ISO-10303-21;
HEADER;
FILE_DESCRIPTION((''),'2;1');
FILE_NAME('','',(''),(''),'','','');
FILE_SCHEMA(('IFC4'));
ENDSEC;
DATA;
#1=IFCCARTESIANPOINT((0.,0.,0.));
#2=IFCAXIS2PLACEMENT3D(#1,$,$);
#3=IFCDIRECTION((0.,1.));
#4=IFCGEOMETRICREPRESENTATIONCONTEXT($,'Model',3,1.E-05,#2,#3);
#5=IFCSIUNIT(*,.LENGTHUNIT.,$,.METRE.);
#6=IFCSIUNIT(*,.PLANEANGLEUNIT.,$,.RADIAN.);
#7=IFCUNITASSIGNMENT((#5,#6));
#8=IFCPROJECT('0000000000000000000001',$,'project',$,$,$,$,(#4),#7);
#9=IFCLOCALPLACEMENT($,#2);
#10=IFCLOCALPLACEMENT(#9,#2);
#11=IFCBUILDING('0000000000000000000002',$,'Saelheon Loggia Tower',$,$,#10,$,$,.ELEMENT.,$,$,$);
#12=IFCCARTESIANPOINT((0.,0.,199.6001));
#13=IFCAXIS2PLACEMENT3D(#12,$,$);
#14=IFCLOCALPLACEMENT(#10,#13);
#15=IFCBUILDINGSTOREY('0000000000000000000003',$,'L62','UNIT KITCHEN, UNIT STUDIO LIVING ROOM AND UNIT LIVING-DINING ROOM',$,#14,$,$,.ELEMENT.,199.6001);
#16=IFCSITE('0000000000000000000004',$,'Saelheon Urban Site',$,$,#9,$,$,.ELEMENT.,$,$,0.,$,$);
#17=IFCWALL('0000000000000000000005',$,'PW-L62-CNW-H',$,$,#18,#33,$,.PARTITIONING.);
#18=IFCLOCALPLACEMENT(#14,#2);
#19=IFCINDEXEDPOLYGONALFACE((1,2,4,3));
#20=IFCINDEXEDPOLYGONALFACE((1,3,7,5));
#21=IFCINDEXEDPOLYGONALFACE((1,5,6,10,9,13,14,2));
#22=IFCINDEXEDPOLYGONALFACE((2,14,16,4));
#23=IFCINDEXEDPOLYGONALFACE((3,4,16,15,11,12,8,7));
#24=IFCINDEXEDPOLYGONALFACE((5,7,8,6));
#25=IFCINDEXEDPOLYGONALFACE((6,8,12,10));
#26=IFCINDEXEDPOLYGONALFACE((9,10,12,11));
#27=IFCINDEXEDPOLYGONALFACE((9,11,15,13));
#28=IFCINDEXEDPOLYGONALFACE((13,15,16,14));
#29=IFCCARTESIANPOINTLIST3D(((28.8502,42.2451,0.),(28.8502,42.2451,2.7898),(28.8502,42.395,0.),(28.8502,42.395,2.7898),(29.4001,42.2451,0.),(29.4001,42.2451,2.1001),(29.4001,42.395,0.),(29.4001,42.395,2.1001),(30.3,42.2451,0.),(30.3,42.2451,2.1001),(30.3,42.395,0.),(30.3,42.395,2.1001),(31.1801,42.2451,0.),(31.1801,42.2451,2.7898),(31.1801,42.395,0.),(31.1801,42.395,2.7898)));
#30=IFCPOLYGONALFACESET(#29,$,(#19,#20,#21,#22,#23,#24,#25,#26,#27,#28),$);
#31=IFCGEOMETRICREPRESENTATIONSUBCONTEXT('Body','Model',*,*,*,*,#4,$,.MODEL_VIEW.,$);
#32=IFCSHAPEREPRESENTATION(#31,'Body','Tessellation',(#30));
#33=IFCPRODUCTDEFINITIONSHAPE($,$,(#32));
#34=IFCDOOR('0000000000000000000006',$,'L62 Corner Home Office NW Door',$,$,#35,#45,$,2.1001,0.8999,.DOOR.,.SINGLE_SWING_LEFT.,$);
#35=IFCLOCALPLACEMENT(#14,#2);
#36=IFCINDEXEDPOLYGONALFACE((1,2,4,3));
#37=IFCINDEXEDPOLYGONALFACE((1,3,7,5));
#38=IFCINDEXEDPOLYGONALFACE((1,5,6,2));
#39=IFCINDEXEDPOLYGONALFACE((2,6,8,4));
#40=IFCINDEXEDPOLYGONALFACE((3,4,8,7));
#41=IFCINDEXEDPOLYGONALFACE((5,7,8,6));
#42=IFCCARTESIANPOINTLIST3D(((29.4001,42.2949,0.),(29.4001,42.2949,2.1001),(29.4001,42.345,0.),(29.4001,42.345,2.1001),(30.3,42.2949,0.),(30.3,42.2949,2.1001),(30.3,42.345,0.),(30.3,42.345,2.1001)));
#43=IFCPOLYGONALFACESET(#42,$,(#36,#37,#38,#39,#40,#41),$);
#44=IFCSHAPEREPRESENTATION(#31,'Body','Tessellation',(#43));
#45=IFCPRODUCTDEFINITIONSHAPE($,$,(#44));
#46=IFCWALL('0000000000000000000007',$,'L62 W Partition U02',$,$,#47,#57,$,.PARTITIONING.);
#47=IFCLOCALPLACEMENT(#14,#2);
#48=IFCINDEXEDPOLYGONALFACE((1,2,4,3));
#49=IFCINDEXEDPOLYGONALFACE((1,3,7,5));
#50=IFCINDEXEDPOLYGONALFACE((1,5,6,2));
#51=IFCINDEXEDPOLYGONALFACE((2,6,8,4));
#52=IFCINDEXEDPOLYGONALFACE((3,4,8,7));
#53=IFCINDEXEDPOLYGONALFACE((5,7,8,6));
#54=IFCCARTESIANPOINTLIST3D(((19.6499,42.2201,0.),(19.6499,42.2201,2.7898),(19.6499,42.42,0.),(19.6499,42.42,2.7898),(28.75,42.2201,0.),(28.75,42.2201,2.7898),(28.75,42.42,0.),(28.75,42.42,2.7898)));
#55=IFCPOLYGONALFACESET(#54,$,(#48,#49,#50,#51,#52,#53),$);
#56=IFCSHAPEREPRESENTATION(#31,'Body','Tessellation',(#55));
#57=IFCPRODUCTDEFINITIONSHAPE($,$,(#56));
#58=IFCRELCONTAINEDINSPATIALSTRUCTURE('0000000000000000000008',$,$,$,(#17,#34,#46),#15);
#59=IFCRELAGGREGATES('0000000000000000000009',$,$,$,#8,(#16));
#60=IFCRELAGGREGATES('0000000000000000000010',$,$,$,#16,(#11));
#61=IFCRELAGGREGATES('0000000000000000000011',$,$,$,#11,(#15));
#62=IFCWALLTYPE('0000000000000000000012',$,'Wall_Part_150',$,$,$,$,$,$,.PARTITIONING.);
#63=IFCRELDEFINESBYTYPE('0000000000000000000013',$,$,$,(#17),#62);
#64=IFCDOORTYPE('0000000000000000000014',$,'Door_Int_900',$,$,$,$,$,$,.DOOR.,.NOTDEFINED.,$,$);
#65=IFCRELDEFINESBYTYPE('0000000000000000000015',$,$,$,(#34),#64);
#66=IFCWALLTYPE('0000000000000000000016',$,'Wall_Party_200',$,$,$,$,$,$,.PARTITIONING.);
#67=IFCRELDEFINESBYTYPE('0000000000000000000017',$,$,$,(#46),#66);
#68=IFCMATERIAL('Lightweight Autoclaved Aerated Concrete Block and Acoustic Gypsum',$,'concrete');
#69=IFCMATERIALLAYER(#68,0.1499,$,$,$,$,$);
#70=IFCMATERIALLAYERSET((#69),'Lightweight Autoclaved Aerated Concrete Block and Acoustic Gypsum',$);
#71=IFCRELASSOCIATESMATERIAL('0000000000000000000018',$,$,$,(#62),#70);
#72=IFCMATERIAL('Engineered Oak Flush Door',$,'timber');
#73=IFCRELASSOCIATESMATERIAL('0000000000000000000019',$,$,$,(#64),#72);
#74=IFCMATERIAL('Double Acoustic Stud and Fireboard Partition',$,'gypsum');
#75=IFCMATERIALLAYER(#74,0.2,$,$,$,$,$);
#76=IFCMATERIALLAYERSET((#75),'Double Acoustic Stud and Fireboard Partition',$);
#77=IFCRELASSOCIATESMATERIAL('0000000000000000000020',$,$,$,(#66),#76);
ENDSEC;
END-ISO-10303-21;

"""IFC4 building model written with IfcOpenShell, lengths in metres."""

from ifc_helpers import new_model, si_unit, direction, frame, frame_2d, origin, place, context, subcontext, project, spatial, rectangle, extrude, source, transform, mapped, material, layer, layer_set, type_object, element, fill, save


model = new_model("IFC4")

# Units and contexts
model_context = context("Model", 3, precision=1e-05, world=origin(), true_north=direction((0.0, 1.0)))
body_context = subcontext(model_context, "Body", "Model", "MODEL_VIEW")
ifc_project = project(units=[si_unit("LENGTHUNIT", "METRE"), si_unit("PLANEANGLEUNIT", "RADIAN")], contexts=[model_context])

# Site, building, storey
site_placement = place(None, origin())
site = spatial("IfcSite", under=ifc_project, at=site_placement, Name="Saelheon Urban Site", CompositionType="ELEMENT", RefElevation=0.0)
building_placement = place(site_placement, origin())
building = spatial("IfcBuilding", under=site, at=building_placement, Name="Saelheon Loggia Tower", CompositionType="ELEMENT")
storey_placement = place(building_placement, frame((0.0, 0.0, 199.6001)))
storey = spatial("IfcBuildingStorey", under=building, at=storey_placement, Name="L62", Description="UNIT KITCHEN, UNIT STUDIO LIVING ROOM AND UNIT LIVING-DINING ROOM", CompositionType="ELEMENT", Elevation=199.6001)

# Wall, opening, door
ifc_material_1 = material(Name="Lightweight Autoclaved Aerated Concrete Block and Acoustic Gypsum", Category="concrete")
ifc_layer_1 = layer(ifc_material_1, 0.1499)
ifc_layer_set_1 = layer_set([ifc_layer_1], Name="Lightweight Autoclaved Aerated Concrete Block and Acoustic Gypsum")
wall_type_1 = type_object("IfcWallType", Name="Wall_Part_150", PredefinedType="PARTITIONING", material=ifc_layer_set_1)
wall_1_placement = place(storey_placement, frame((28.8501, 42.3201, 0.0), z_axis=(0.0, 0.0, 1.0), x_axis=(1.0, 0.0, 0.0)))
wall_1 = element("IfcWall", 1, at=wall_1_placement, inside=storey, type_object=wall_type_1, Name="PW-L62-CNW-H", PredefinedType="PARTITIONING", context=body_context, shape_type="SweptSolid", body=[
    extrude(rectangle(XDim=2.3298, YDim=0.1499, at=frame_2d((1.165, 0.0))), origin(), (0.0, 0.0, 1.0), 2.7898),
])
opening_1_placement = place(wall_1_placement, frame((0.55, 0.0, 0.0)))
opening_1 = element("IfcOpeningElement", 2, at=opening_1_placement, cuts=wall_1, PredefinedType="OPENING", context=body_context, shape_type="SweptSolid", body=[
    extrude(rectangle(XDim=0.8999, YDim=2.1001, at=frame_2d((0.45, 1.05))), frame((0.0, 0.0869, 0.0), z_axis=(0.0, -1.0, 0.0), x_axis=(1.0, 0.0, 0.0)), (0.0, 0.0, 1.0), 0.1738),
])
ifc_material_2 = material(Name="Engineered Oak Flush Door", Category="timber")
door_type_1 = type_object("IfcDoorType", Name="Door_Int_900", OperationType="NOTDEFINED", PredefinedType="DOOR", material=ifc_material_2)
shared_shape_1 = source(origin(), body_context, "Body", "SweptSolid", [
    extrude(rectangle(XDim=0.8999, YDim=2.1001, at=frame_2d((0.45, 1.05))), frame((0.0, 0.0249, 0.0), z_axis=(0.0, -1.0, 0.0), x_axis=(1.0, 0.0, 0.0)), (0.0, 0.0, 1.0), 0.05),
])
door_1_placement = place(opening_1_placement, origin())
door_1 = element("IfcDoor", 3, at=door_1_placement, inside=storey, type_object=door_type_1, Name="L62 Corner Home Office NW Door", OperationType="SINGLE_SWING_LEFT", OverallHeight=2.1001, OverallWidth=0.8999, PredefinedType="DOOR", context=body_context, shape_type="MappedRepresentation", body=[
    mapped(shared_shape_1, transform((0.0, 0.0, 0.0), scale=1.0)),
])
fill(opening_1, door_1)

# Wall
ifc_material_3 = material(Name="Double Acoustic Stud and Fireboard Partition", Category="gypsum")
ifc_layer_2 = layer(ifc_material_3, 0.2)
ifc_layer_set_2 = layer_set([ifc_layer_2], Name="Double Acoustic Stud and Fireboard Partition")
wall_type_2 = type_object("IfcWallType", Name="Wall_Party_200", PredefinedType="PARTITIONING", material=ifc_layer_set_2)
wall_2_placement = place(storey_placement, frame((28.75, 42.3201, 0.0), z_axis=(0.0, 0.0, 1.0), x_axis=(-1.0, 0.0, 0.0)))
element("IfcWall", 4, at=wall_2_placement, inside=storey, type_object=wall_type_2, Name="L62 W Partition U02", PredefinedType="PARTITIONING", context=body_context, shape_type="SweptSolid", body=[
    extrude(rectangle(XDim=9.1001, YDim=0.2, at=frame_2d((4.55, 0.0))), origin(), (0.0, 0.0, 1.0), 2.7898),
])

save(model, "model.ifc")
